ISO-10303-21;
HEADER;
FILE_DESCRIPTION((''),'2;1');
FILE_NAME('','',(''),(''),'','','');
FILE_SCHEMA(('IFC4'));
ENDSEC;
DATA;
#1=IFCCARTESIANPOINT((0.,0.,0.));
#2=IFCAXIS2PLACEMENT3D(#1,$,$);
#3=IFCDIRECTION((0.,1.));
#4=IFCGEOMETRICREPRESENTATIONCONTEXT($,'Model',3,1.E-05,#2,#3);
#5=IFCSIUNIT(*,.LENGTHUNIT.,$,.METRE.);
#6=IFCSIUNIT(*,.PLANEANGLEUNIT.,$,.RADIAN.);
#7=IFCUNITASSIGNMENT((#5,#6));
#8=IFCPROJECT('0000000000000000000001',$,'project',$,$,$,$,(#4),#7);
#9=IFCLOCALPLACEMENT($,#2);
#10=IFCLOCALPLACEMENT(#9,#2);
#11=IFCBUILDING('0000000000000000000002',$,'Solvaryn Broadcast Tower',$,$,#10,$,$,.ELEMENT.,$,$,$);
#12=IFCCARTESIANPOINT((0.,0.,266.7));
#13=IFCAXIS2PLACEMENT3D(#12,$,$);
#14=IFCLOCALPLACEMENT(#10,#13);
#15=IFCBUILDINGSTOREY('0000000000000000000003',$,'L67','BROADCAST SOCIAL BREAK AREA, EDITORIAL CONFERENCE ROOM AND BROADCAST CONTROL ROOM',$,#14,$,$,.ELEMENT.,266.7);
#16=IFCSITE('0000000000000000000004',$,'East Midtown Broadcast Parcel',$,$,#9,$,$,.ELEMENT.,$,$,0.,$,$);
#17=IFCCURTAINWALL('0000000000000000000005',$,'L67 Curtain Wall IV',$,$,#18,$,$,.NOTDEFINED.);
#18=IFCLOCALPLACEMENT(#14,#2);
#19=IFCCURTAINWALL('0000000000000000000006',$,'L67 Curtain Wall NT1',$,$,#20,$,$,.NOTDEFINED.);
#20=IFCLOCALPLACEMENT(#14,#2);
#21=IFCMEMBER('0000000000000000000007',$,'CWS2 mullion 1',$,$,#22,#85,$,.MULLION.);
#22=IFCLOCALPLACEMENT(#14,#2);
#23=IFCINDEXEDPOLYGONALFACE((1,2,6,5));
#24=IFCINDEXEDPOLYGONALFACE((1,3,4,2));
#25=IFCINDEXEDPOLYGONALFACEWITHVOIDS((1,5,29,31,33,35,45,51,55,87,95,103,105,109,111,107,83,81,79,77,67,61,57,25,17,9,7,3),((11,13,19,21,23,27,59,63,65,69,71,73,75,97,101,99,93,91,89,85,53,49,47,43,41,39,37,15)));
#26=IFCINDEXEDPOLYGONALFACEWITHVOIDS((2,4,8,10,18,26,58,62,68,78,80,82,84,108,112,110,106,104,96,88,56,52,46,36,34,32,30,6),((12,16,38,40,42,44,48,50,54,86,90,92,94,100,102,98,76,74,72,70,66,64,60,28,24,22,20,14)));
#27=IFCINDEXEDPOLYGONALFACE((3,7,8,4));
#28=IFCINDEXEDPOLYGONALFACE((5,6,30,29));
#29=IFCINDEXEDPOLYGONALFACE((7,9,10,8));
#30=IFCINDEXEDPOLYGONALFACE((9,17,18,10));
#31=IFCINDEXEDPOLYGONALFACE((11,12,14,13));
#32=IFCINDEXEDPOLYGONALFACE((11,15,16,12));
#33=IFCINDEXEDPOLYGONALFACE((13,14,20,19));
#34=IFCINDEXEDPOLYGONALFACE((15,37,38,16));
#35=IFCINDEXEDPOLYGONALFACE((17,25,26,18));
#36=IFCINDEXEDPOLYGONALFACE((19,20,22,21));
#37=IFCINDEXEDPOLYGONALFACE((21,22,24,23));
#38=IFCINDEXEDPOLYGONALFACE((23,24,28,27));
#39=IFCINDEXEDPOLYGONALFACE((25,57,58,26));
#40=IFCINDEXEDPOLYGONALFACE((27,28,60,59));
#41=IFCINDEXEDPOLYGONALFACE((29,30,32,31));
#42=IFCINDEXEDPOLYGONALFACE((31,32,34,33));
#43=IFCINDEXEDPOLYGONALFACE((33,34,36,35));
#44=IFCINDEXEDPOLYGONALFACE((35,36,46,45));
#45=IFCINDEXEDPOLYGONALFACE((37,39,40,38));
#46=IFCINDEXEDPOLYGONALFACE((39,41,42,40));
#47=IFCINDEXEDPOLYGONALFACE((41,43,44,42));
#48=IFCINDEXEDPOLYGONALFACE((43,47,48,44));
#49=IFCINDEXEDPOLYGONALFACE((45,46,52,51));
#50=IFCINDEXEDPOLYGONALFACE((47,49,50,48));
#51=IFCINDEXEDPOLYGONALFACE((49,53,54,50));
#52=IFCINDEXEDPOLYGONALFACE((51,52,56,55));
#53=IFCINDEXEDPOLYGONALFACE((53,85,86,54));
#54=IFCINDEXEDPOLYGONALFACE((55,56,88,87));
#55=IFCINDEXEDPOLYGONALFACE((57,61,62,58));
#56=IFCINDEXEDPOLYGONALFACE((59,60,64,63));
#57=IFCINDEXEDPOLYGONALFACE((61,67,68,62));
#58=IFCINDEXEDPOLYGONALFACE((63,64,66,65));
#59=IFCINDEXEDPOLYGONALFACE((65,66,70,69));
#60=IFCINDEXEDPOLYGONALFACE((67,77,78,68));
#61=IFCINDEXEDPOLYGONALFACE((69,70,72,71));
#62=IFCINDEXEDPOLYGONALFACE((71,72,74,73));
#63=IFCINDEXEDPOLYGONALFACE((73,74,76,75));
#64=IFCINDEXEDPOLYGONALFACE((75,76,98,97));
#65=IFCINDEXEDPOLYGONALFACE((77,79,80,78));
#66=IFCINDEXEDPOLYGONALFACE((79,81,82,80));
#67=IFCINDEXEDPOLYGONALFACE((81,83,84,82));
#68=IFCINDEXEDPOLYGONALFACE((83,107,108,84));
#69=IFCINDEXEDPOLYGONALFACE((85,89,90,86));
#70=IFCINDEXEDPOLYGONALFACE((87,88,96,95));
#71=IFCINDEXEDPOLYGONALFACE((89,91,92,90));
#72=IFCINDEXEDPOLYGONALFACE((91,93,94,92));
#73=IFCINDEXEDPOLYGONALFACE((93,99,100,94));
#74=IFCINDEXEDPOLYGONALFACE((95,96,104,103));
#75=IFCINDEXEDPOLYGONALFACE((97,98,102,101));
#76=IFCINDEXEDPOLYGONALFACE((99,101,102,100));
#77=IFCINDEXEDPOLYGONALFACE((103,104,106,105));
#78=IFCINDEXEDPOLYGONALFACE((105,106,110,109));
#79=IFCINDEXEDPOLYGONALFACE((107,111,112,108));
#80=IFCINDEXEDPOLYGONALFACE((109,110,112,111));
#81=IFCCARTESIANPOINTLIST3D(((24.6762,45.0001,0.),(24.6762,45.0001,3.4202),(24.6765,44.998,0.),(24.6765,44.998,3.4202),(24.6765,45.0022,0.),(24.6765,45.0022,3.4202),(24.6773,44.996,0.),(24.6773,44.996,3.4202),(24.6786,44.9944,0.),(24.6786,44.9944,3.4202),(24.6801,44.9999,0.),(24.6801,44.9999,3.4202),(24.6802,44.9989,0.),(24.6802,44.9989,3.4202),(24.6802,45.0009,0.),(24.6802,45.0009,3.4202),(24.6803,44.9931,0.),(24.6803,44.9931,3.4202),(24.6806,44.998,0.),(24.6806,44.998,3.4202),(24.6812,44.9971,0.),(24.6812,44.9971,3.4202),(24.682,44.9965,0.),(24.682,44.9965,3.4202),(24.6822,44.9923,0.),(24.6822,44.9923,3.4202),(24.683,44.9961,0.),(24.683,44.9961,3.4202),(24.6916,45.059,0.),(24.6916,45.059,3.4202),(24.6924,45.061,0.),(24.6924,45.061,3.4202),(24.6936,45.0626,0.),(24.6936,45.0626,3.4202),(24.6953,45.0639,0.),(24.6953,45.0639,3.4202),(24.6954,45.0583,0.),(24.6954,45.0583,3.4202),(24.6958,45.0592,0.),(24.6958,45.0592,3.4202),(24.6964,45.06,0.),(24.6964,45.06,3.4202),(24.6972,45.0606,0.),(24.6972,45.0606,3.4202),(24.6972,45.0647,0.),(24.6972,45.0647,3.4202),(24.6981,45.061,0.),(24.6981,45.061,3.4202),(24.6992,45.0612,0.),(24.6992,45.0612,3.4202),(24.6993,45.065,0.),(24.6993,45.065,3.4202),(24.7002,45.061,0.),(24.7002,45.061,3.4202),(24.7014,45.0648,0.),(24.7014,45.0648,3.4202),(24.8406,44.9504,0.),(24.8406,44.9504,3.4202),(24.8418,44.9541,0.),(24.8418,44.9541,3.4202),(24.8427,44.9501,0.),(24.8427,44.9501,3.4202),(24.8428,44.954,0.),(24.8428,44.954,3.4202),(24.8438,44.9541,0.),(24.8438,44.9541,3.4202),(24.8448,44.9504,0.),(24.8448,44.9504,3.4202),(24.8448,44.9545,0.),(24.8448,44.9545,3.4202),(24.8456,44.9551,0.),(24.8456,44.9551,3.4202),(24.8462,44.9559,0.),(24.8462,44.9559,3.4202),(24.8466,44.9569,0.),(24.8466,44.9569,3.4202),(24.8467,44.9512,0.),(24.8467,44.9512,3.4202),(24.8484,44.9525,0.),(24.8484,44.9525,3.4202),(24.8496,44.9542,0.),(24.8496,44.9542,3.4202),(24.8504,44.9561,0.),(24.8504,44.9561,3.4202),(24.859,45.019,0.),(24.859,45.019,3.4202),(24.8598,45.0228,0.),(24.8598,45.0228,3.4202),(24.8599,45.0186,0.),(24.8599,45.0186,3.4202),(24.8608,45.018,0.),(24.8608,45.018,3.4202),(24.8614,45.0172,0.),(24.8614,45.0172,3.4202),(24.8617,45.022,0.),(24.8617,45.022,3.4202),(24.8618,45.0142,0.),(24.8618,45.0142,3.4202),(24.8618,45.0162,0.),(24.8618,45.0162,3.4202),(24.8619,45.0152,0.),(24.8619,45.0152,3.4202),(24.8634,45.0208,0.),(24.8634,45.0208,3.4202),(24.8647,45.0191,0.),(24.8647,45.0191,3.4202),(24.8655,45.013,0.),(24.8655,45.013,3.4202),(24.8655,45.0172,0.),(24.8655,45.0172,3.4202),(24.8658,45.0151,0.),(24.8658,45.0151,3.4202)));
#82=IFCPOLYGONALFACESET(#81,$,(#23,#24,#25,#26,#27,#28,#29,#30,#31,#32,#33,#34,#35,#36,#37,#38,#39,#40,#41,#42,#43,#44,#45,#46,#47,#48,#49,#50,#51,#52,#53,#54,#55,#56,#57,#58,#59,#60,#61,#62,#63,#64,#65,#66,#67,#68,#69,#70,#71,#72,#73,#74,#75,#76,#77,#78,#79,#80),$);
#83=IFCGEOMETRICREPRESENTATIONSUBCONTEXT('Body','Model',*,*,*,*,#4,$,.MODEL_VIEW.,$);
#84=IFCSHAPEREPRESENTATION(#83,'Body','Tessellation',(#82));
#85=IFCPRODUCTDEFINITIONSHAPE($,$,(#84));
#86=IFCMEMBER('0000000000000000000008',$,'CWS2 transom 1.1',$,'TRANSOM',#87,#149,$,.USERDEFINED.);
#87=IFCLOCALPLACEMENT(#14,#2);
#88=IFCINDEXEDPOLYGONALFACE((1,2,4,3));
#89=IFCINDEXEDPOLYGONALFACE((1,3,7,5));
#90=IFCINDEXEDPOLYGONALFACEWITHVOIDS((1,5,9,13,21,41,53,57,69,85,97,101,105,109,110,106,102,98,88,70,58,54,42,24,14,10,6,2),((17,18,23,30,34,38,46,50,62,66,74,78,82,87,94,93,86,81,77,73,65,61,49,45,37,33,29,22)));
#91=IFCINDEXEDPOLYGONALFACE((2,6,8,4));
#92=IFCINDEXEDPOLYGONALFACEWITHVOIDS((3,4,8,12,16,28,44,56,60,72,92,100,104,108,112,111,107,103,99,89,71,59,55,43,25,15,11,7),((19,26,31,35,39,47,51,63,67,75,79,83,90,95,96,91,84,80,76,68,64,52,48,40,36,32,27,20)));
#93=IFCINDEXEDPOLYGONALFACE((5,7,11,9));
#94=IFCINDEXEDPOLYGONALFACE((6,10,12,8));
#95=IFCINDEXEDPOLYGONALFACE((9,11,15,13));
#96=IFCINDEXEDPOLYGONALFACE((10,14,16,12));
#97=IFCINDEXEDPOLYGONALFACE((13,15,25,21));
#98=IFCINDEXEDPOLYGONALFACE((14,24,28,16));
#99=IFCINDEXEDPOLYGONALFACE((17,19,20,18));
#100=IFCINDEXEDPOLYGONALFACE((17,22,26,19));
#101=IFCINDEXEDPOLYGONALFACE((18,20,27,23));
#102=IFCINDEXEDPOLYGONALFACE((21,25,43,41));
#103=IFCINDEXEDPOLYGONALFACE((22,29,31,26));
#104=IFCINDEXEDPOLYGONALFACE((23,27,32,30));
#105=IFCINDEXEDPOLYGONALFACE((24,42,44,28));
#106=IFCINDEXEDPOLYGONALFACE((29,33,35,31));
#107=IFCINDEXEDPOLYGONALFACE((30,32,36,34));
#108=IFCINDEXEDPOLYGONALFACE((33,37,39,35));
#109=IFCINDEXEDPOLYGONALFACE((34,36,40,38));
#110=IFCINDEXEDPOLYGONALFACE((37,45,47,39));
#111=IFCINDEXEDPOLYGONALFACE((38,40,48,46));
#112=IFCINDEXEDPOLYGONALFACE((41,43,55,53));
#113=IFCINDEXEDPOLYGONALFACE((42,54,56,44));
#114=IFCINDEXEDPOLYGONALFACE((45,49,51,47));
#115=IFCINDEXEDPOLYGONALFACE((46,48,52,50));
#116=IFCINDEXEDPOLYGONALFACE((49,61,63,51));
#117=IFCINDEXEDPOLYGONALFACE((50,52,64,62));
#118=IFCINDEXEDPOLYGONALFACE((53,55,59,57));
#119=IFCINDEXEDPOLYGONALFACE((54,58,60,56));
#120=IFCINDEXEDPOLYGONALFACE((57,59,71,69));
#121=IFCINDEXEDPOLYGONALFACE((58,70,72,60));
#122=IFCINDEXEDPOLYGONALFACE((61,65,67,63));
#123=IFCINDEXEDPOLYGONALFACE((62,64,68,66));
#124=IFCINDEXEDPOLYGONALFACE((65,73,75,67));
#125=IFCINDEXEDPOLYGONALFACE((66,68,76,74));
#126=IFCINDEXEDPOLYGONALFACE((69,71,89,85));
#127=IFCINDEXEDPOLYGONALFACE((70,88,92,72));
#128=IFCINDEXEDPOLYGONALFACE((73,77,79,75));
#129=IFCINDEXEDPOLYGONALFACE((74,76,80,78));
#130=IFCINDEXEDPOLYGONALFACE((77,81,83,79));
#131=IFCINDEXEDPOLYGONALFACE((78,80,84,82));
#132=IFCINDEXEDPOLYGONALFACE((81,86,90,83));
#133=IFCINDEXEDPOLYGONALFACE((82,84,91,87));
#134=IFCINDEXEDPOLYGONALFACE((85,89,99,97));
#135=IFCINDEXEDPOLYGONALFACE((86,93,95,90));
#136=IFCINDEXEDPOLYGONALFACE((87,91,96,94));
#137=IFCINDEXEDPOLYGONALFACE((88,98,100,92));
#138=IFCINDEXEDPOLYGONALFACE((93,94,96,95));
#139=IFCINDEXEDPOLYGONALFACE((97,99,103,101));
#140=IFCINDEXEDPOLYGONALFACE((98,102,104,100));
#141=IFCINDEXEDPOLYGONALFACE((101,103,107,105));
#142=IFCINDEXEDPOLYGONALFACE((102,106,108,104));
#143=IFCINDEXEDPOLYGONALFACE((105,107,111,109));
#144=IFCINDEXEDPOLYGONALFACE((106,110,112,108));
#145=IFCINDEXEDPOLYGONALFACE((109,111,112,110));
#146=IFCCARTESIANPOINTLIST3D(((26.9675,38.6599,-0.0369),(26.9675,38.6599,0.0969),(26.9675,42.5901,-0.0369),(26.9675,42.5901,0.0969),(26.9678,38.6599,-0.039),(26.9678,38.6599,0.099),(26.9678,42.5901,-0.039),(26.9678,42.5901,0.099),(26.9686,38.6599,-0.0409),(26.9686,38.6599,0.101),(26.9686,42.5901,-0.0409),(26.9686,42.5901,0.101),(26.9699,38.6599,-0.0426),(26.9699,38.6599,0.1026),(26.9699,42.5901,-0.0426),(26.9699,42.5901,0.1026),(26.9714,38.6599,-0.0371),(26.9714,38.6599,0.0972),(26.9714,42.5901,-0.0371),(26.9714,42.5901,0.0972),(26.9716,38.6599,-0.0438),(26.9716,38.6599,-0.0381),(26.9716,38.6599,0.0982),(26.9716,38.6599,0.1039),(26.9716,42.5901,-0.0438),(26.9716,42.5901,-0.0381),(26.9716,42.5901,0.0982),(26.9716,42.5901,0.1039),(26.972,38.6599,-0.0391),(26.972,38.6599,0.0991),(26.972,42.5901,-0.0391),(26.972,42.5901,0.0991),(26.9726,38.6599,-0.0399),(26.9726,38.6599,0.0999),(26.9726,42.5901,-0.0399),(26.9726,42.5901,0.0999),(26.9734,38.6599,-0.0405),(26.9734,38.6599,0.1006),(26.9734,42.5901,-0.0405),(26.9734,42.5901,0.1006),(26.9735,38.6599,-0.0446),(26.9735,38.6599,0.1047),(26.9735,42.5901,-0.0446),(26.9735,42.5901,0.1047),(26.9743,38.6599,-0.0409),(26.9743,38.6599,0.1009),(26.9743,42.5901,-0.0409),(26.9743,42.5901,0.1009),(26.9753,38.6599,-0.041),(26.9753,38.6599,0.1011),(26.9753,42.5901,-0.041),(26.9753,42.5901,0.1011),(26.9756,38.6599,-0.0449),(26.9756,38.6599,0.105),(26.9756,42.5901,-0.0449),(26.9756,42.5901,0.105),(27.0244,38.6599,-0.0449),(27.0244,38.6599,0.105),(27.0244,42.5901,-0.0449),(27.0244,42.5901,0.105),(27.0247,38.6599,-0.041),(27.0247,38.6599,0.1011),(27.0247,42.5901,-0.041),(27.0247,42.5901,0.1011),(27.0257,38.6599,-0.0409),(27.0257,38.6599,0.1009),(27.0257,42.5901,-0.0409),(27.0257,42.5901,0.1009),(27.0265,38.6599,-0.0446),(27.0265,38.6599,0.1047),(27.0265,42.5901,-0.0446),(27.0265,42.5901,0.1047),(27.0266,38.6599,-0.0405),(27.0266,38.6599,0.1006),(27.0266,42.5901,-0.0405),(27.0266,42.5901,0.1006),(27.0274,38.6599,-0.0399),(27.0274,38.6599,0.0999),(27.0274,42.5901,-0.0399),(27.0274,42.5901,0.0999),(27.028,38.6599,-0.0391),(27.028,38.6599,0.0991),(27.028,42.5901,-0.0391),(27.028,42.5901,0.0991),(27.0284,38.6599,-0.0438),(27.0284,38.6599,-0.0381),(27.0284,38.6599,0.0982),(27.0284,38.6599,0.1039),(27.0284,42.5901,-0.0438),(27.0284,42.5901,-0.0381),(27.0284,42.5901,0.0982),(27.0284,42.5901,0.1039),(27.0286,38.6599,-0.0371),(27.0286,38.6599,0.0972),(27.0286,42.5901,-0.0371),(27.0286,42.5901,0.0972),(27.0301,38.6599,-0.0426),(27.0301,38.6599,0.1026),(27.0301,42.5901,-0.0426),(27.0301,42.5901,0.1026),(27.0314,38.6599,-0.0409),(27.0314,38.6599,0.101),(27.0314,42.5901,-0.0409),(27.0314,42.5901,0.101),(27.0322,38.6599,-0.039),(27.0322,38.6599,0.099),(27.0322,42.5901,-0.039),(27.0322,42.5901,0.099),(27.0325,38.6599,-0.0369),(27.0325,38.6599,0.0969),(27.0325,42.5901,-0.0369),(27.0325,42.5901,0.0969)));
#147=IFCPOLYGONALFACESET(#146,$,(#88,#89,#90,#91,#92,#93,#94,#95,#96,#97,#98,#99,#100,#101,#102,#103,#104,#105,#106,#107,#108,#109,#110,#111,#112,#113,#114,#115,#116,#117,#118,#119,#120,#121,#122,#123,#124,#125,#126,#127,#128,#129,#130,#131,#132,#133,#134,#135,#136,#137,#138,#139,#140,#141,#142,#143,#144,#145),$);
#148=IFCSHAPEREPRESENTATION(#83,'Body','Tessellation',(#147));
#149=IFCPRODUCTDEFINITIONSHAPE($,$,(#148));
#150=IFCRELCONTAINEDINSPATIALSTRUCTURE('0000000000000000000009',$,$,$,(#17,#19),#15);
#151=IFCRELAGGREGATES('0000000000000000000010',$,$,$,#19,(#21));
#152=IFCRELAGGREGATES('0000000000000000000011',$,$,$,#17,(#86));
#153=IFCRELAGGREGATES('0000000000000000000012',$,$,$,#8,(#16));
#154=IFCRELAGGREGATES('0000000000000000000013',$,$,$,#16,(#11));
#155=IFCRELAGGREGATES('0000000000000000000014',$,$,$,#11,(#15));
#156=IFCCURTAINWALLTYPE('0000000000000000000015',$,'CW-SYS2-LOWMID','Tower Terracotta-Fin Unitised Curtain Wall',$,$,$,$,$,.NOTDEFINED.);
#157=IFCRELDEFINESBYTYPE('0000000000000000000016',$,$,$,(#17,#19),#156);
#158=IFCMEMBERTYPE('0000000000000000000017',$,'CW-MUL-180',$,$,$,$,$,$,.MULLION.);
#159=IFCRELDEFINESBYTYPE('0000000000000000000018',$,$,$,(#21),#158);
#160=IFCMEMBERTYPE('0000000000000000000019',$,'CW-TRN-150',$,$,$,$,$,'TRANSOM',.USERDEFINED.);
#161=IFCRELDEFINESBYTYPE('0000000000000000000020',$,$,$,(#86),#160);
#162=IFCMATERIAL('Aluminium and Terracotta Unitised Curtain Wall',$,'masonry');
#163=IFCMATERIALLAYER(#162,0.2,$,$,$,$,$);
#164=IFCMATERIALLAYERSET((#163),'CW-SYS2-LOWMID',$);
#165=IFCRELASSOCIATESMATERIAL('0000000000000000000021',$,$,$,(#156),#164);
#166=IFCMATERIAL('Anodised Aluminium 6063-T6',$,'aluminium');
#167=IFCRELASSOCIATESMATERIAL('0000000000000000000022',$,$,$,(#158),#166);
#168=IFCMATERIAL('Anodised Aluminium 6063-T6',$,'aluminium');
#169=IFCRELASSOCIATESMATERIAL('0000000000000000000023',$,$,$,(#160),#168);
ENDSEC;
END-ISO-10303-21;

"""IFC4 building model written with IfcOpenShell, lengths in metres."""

from ifc_helpers import new_model, si_unit, direction, frame, origin, origin_2d, place, context, subcontext, project, spatial, hollow_rectangle, extrude, material, layer, layer_set, material_profile, profile_set, type_object, element, aggregate, save


model = new_model("IFC4")

# Units and contexts
model_context = context("Model", 3, precision=1e-05, world=origin(), true_north=direction((0.0, 1.0)))
body_context = subcontext(model_context, "Body", "Model", "MODEL_VIEW")
ifc_project = project(units=[si_unit("LENGTHUNIT", "METRE"), si_unit("PLANEANGLEUNIT", "RADIAN")], contexts=[model_context])

# Site, building, storey
site_placement = place(None, origin())
site = spatial("IfcSite", under=ifc_project, at=site_placement, Name="East Midtown Broadcast Parcel", CompositionType="ELEMENT", RefElevation=0.0)
building_placement = place(site_placement, origin())
building = spatial("IfcBuilding", under=site, at=building_placement, Name="Solvaryn Broadcast Tower", CompositionType="ELEMENT")
storey_placement = place(building_placement, frame((0.0, 0.0, 266.7)))
storey = spatial("IfcBuildingStorey", under=building, at=storey_placement, Name="L67", Description="BROADCAST SOCIAL BREAK AREA, EDITORIAL CONFERENCE ROOM AND BROADCAST CONTROL ROOM", CompositionType="ELEMENT", Elevation=266.7)

# Curtain wall
ifc_material_1 = material(Name="Aluminium and Terracotta Unitised Curtain Wall", Category="masonry")
ifc_layer_1 = layer(ifc_material_1, 0.2)
ifc_layer_set_1 = layer_set([ifc_layer_1], Name="CW-SYS2-LOWMID")
curtain_wall_type = type_object("IfcCurtainWallType", Name="CW-SYS2-LOWMID", Description="Tower Terracotta-Fin Unitised Curtain Wall", PredefinedType="NOTDEFINED", material=ifc_layer_set_1)
curtain_wall_1_placement = place(storey_placement, origin())
curtain_wall_1 = element("IfcCurtainWall", 1, at=curtain_wall_1_placement, inside=storey, type_object=curtain_wall_type, Name="L67 Curtain Wall IV", PredefinedType="NOTDEFINED")
ifc_material_2 = material(Name="Anodised Aluminium 6063-T6", Category="aluminium")
ifc_material_profile_1 = material_profile(ifc_material_2, hollow_rectangle(XDim=0.075, YDim=0.1799, WallThickness=0.0039, InnerFilletRadius=0.0039, OuterFilletRadius=0.0081, at=origin_2d()))
ifc_profile_set_1 = profile_set([ifc_material_profile_1], Name="Anodised Aluminium 6063-T6")
member_type_1 = type_object("IfcMemberType", Name="CW-MUL-180", PredefinedType="MULLION", material=ifc_profile_set_1)

# Curtain wall, member
curtain_wall_2_placement = place(storey_placement, origin())
curtain_wall_2 = element("IfcCurtainWall", 2, at=curtain_wall_2_placement, inside=storey, type_object=curtain_wall_type, Name="L67 Curtain Wall NT1", PredefinedType="NOTDEFINED")
member_1_placement = place(storey_placement, frame((24.771, 45.0076, 0.0), z_axis=(0.0, 0.0, 1.0), x_axis=(-0.255893, -0.966705, 0.0)))
member_1 = element("IfcMember", 3, at=member_1_placement, type_object=member_type_1, Name="CWS2 mullion 1", PredefinedType="MULLION", context=body_context, shape_type="SweptSolid", body=[
    extrude(hollow_rectangle(XDim=0.075, YDim=0.1799, WallThickness=0.0039, InnerFilletRadius=0.0039, OuterFilletRadius=0.0081, at=origin_2d()), origin(), (0.0, 0.0, 1.0), 3.4202),
])

# Member
ifc_material_3 = material(Name="Anodised Aluminium 6063-T6", Category="aluminium")
ifc_material_profile_2 = material_profile(ifc_material_3, hollow_rectangle(XDim=0.0649, YDim=0.1499, WallThickness=0.0039, InnerFilletRadius=0.0039, OuterFilletRadius=0.0081, at=origin_2d()))
ifc_profile_set_2 = profile_set([ifc_material_profile_2], Name="Anodised Aluminium 6063-T6")
member_type_2 = type_object("IfcMemberType", Name="CW-TRN-150", ElementType="TRANSOM", PredefinedType="USERDEFINED", material=ifc_profile_set_2)
member_2_placement = place(storey_placement, frame((27.0, 42.5901, 0.03), z_axis=(0.0, -1.0, 0.0), x_axis=(1.0, 0.0, 0.0)))
member_2 = element("IfcMember", 4, at=member_2_placement, type_object=member_type_2, Name="CWS2 transom 1.1", ObjectType="TRANSOM", PredefinedType="USERDEFINED", context=body_context, shape_type="SweptSolid", body=[
    extrude(hollow_rectangle(XDim=0.0649, YDim=0.1499, WallThickness=0.0039, InnerFilletRadius=0.0039, OuterFilletRadius=0.0081, at=origin_2d()), origin(), (0.0, 0.0, 1.0), 3.9302),
])
aggregate(curtain_wall_2, [member_1])

aggregate(curtain_wall_1, [member_2])

save(model, "model.ifc")
